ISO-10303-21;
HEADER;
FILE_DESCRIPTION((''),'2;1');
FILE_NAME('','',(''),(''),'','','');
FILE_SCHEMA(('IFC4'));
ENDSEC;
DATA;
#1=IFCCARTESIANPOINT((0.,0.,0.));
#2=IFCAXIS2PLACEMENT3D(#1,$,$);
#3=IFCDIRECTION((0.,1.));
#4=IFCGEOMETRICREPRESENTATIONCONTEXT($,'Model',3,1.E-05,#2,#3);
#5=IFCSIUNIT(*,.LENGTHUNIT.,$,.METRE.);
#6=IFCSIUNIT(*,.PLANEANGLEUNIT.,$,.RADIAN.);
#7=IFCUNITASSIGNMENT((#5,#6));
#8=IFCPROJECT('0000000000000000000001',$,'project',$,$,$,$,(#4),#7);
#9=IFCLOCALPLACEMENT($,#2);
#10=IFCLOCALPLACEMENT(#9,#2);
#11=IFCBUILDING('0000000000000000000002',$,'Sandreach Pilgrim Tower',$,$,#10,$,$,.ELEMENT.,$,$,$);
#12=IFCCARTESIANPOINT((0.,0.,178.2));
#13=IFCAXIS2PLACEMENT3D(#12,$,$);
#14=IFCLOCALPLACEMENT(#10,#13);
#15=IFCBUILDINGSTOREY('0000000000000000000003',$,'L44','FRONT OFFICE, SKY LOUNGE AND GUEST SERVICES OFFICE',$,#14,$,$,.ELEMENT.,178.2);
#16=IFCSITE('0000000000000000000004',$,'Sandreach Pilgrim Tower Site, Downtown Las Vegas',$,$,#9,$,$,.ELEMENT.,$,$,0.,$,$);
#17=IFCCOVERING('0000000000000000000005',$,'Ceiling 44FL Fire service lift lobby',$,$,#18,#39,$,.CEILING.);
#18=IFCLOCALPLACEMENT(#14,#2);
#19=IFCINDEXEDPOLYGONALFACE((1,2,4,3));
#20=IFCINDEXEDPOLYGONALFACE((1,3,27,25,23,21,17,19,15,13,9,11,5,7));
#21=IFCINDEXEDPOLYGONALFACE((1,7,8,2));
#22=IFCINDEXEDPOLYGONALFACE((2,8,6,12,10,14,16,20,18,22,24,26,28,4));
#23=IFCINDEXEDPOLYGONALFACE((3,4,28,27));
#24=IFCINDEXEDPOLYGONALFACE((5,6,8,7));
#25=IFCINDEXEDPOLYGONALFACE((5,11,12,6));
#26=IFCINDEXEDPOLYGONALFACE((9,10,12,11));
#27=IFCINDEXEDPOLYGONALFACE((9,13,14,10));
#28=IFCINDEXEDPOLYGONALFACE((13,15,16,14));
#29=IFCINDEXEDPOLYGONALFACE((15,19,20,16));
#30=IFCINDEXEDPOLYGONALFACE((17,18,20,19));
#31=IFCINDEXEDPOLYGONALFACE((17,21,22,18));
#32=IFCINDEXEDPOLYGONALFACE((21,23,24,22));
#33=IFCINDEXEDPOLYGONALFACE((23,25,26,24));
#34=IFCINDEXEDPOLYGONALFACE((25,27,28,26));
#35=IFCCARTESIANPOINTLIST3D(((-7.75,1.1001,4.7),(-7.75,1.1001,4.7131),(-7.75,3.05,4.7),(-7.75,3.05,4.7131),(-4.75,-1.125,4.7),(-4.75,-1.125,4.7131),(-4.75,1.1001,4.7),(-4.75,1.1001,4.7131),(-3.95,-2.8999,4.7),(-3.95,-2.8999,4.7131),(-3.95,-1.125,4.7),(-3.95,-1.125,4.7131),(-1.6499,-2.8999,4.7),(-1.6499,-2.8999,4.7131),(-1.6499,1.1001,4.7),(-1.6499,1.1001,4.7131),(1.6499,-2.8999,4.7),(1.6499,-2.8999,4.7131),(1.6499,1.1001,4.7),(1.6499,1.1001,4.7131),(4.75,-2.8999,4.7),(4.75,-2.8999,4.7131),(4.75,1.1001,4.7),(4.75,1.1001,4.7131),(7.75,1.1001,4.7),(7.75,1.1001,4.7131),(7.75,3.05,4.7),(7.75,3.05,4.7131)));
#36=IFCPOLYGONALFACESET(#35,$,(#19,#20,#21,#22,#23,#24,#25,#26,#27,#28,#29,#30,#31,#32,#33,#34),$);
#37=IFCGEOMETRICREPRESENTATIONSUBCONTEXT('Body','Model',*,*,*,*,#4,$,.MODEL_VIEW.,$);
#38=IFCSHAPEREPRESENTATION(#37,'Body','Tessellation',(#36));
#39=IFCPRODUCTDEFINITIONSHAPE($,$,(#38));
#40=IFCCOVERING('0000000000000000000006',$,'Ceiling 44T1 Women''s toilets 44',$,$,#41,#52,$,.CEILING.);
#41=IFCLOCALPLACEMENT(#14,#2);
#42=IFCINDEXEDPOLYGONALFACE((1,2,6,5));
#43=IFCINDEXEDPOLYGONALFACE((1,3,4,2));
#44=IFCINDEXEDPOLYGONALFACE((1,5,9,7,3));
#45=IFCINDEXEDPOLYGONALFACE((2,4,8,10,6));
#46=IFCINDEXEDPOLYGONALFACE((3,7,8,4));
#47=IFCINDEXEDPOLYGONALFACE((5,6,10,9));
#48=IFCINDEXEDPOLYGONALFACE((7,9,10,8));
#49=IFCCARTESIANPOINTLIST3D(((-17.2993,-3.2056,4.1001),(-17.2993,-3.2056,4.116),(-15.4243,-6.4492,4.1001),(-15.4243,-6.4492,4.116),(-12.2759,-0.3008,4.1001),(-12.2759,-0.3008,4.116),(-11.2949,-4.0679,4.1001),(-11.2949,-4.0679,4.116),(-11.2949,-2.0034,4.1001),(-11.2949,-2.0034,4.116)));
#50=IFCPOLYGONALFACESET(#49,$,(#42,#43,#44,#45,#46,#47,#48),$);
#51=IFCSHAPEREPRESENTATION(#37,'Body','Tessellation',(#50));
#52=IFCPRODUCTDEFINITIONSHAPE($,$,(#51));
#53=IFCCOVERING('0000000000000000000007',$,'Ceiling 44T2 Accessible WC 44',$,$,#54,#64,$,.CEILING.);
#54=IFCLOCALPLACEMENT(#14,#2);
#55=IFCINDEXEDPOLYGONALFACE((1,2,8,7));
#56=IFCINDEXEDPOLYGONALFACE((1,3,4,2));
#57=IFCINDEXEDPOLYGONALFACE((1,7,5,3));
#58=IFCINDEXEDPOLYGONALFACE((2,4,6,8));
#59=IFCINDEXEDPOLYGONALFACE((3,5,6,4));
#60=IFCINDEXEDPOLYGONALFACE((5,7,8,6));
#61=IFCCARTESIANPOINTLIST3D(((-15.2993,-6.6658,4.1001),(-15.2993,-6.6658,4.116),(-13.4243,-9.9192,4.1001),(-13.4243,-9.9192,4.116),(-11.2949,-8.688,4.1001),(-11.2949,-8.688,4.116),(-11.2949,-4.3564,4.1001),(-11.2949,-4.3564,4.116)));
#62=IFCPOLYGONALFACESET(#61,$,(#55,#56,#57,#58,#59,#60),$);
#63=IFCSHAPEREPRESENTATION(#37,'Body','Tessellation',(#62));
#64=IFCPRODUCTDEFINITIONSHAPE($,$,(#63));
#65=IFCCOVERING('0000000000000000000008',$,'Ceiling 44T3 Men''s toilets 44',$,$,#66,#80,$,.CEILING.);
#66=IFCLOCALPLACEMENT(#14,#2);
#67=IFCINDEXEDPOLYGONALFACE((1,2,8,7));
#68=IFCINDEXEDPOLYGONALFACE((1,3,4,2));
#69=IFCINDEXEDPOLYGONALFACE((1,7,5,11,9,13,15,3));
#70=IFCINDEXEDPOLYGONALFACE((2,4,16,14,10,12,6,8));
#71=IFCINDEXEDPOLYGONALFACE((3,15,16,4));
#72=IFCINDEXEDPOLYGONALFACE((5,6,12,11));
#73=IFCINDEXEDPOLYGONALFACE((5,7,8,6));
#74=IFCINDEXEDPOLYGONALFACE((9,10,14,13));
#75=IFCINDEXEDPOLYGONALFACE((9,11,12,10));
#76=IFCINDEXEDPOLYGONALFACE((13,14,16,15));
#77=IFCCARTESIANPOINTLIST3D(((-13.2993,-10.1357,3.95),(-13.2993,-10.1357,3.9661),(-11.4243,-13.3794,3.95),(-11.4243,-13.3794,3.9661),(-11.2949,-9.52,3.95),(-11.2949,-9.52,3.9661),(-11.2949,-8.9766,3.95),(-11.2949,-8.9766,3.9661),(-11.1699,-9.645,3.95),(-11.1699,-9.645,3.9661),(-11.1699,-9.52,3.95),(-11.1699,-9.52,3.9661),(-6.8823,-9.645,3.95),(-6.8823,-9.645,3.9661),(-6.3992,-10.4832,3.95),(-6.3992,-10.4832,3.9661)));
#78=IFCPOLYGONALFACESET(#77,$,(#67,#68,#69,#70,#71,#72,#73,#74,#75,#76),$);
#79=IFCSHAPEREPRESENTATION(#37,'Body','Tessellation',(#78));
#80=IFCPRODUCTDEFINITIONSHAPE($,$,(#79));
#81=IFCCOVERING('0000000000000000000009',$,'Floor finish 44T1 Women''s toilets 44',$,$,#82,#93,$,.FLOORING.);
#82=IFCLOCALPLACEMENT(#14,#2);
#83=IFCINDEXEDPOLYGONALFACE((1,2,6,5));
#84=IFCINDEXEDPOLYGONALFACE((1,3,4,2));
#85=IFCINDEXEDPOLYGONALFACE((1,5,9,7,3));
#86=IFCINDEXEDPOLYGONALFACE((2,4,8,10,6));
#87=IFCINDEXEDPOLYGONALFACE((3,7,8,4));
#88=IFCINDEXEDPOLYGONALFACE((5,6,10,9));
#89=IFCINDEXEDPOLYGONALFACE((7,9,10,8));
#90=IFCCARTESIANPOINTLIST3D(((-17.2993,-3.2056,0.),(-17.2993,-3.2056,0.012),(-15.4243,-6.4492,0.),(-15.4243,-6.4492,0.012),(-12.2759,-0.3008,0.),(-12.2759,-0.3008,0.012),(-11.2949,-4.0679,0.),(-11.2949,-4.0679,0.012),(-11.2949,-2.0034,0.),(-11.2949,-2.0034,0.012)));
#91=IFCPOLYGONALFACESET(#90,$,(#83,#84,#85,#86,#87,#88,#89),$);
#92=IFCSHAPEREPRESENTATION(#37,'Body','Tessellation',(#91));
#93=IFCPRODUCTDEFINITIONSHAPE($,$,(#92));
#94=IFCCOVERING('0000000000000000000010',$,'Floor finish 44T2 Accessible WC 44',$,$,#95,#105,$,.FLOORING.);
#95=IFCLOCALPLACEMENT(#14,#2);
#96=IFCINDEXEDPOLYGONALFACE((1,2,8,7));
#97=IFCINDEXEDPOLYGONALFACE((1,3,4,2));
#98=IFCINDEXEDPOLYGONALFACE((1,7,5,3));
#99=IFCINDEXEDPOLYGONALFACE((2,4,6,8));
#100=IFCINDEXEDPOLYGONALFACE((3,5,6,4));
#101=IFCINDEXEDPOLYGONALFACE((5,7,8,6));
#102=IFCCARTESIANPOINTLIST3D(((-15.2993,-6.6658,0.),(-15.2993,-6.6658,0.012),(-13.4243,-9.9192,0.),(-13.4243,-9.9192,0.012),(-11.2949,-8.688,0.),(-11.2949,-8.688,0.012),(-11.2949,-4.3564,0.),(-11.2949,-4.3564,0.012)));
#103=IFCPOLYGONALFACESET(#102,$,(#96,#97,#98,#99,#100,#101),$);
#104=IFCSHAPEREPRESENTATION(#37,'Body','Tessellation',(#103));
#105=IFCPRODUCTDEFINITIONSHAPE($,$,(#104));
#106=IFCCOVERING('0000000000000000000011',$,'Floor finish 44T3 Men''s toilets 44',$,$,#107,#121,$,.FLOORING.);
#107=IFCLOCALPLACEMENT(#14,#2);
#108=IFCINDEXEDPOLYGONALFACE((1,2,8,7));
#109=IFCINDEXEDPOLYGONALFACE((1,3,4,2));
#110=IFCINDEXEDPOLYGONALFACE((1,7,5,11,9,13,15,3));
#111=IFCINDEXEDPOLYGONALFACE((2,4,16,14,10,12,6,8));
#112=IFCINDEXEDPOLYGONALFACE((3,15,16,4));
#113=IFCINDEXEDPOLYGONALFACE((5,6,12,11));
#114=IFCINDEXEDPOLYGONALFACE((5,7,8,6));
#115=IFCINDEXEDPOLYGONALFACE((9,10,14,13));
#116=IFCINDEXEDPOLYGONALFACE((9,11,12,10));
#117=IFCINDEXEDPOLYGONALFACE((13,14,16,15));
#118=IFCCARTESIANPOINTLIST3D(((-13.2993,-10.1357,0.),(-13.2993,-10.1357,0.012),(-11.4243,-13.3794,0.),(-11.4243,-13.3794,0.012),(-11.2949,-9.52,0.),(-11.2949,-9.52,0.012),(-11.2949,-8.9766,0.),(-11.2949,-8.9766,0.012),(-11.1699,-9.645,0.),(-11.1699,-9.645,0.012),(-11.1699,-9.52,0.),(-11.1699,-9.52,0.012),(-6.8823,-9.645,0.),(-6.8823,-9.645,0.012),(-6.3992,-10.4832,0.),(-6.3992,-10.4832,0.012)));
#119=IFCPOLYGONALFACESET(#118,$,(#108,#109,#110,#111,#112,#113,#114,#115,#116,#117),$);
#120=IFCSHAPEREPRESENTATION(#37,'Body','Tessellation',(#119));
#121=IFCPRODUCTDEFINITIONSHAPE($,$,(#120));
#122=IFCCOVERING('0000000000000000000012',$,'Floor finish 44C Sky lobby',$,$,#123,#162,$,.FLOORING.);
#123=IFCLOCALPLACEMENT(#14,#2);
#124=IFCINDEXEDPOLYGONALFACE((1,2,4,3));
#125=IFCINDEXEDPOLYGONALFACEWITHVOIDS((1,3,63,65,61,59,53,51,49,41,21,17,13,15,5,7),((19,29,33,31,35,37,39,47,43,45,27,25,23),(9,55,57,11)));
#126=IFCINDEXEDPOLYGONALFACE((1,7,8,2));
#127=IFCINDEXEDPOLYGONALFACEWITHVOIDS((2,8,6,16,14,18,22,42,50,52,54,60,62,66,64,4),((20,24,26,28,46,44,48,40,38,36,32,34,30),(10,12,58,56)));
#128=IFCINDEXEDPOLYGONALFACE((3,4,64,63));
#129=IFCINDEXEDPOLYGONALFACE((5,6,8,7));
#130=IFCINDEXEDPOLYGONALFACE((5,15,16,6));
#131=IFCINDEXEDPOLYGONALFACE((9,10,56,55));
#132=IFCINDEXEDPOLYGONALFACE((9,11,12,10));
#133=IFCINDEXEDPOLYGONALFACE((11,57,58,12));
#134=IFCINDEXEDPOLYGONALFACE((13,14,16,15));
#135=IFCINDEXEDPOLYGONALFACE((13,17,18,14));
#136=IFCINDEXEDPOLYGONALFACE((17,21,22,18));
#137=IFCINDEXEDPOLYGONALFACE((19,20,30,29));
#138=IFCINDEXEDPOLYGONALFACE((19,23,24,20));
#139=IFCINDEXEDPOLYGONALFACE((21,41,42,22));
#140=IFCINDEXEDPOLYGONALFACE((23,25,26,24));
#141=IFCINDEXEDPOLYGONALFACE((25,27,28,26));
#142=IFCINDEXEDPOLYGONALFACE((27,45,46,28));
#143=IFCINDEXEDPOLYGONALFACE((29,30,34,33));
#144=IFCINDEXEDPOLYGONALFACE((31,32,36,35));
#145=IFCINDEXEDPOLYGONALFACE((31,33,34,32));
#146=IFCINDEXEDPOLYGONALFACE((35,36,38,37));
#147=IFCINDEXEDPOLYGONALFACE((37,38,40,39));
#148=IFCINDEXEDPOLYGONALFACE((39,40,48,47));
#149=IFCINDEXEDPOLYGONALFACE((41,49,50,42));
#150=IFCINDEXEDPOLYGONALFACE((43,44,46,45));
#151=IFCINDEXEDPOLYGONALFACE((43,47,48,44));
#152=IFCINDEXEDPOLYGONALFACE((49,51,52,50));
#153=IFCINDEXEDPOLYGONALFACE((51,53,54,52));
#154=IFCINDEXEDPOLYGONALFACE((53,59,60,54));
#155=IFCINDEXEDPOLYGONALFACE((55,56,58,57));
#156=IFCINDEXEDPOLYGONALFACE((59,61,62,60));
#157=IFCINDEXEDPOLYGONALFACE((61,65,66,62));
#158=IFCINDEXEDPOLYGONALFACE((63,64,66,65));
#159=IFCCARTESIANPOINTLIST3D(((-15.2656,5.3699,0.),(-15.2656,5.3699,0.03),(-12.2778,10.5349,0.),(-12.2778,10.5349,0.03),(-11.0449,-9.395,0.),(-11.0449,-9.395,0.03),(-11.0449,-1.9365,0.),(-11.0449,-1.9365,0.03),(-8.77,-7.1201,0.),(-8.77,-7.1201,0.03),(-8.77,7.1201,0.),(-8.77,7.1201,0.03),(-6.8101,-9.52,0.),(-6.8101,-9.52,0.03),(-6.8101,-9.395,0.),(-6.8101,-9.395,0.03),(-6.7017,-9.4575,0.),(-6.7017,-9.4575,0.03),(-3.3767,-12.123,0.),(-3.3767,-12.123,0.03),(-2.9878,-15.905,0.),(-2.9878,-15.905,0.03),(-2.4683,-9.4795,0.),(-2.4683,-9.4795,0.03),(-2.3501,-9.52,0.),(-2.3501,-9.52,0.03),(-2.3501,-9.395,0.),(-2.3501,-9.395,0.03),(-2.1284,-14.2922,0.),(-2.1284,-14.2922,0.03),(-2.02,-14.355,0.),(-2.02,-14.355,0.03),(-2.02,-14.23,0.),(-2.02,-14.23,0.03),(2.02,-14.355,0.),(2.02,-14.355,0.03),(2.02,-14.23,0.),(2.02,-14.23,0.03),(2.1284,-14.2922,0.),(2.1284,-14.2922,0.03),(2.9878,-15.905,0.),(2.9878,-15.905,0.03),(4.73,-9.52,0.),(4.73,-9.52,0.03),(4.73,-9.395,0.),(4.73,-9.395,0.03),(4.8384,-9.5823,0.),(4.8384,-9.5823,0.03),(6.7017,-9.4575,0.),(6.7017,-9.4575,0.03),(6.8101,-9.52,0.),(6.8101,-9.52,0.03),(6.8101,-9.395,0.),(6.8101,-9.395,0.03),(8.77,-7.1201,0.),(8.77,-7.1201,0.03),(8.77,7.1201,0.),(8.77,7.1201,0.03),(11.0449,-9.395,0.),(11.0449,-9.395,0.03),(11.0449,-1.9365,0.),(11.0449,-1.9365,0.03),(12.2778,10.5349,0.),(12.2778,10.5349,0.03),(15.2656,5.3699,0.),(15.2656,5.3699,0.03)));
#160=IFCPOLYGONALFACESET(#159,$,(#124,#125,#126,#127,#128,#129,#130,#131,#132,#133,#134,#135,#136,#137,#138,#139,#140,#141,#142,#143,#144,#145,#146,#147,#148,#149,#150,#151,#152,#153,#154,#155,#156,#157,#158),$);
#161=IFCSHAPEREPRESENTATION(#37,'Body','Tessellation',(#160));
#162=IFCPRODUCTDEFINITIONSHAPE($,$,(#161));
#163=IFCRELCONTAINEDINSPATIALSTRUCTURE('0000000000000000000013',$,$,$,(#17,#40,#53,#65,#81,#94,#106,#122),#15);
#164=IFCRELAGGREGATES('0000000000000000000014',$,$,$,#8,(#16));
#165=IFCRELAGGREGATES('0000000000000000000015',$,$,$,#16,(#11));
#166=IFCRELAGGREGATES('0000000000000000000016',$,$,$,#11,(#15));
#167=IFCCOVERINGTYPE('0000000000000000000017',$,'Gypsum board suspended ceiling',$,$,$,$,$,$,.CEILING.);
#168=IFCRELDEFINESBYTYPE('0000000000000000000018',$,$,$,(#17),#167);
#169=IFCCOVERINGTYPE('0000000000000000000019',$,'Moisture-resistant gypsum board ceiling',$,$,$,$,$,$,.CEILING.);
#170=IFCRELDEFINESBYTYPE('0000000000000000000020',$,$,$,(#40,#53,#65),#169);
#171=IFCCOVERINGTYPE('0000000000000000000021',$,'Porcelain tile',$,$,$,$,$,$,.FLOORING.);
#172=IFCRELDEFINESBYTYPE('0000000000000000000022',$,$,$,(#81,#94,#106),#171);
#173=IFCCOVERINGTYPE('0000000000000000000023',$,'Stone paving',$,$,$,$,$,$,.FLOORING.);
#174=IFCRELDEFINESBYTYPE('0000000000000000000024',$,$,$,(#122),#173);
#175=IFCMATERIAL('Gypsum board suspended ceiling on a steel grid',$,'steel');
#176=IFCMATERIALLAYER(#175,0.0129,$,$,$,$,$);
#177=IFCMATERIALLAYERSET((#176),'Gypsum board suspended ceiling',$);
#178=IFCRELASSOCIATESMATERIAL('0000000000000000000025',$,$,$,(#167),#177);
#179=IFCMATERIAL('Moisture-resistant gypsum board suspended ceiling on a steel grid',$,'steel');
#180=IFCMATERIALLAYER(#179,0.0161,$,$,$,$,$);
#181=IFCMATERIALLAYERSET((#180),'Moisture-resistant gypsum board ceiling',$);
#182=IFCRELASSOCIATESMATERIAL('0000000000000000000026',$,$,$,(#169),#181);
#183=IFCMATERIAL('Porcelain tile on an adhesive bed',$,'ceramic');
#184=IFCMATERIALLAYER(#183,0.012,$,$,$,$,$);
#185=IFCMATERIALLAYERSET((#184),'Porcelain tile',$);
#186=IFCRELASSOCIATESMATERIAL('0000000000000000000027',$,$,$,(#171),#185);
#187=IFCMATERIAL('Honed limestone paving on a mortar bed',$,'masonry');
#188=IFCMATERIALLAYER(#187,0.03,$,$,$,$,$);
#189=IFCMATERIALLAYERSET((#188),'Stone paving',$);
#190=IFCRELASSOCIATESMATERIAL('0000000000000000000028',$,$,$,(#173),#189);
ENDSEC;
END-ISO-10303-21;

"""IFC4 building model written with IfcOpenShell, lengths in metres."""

from ifc_helpers import new_model, si_unit, direction, frame, origin, place, context, subcontext, project, spatial, polyline, outline, extrude, material, layer, layer_set, type_object, element, save


model = new_model("IFC4")

# Units and contexts
model_context = context("Model", 3, precision=1e-05, world=origin(), true_north=direction((0.0, 1.0)))
body_context = subcontext(model_context, "Body", "Model", "MODEL_VIEW")
ifc_project = project(units=[si_unit("LENGTHUNIT", "METRE"), si_unit("PLANEANGLEUNIT", "RADIAN")], contexts=[model_context])

# Site, building, storey
site_placement = place(None, origin())
site = spatial("IfcSite", under=ifc_project, at=site_placement, Name="Sandreach Pilgrim Tower Site, Downtown Las Vegas", CompositionType="ELEMENT", RefElevation=0.0)
building_placement = place(site_placement, origin())
building = spatial("IfcBuilding", under=site, at=building_placement, Name="Sandreach Pilgrim Tower", CompositionType="ELEMENT")
storey_placement = place(building_placement, frame((0.0, 0.0, 178.2)))
storey = spatial("IfcBuildingStorey", under=building, at=storey_placement, Name="L44", Description="FRONT OFFICE, SKY LOUNGE AND GUEST SERVICES OFFICE", CompositionType="ELEMENT", Elevation=178.2)

# Coverings
ifc_material_1 = material(Name="Gypsum board suspended ceiling on a steel grid", Category="steel")
ifc_layer_1 = layer(ifc_material_1, 0.0129)
ifc_layer_set_1 = layer_set([ifc_layer_1], Name="Gypsum board suspended ceiling")
covering_type_1 = type_object("IfcCoveringType", Name="Gypsum board suspended ceiling", PredefinedType="CEILING", material=ifc_layer_set_1)
covering_1_placement = place(storey_placement, frame((0.0, 0.0, 4.7)))
element("IfcCovering", 1, at=covering_1_placement, inside=storey, type_object=covering_type_1, Name="Ceiling 44FL Fire service lift lobby", PredefinedType="CEILING", context=body_context, shape_type="SweptSolid", body=[
    extrude(outline(polyline([(-3.95, -1.125), (-4.75, -1.125), (-4.75, 1.1001), (-7.75, 1.1001), (-7.75, 3.05), (7.75, 3.05), (7.75, 1.1001), (4.75, 1.1001), (4.75, -2.8999), (1.6499, -2.8999), (1.6499, 1.1001), (-1.6499, 1.1001), (-1.6499, -2.8999), (-3.95, -2.8999), (-3.95, -1.125)])), origin(), (0.0, 0.0, 1.0), 0.0132),
])
ifc_material_2 = material(Name="Moisture-resistant gypsum board suspended ceiling on a steel grid", Category="steel")
ifc_layer_2 = layer(ifc_material_2, 0.0161)
ifc_layer_set_2 = layer_set([ifc_layer_2], Name="Moisture-resistant gypsum board ceiling")
covering_type_2 = type_object("IfcCoveringType", Name="Moisture-resistant gypsum board ceiling", PredefinedType="CEILING", material=ifc_layer_set_2)
covering_2_placement = place(storey_placement, frame((0.0, 0.0, 4.1001)))
element("IfcCovering", 2, at=covering_2_placement, inside=storey, type_object=covering_type_2, Name="Ceiling 44T1 Women's toilets 44", PredefinedType="CEILING", context=body_context, shape_type="SweptSolid", body=[
    extrude(outline(polyline([(-12.2759, -0.3008), (-11.2949, -2.0034), (-11.2949, -4.0679), (-15.4243, -6.4492), (-17.2993, -3.2056), (-12.2759, -0.3008)])), origin(), (0.0, 0.0, 1.0), 0.0159),
])
covering_3_placement = place(storey_placement, frame((0.0, 0.0, 4.1001)))
element("IfcCovering", 3, at=covering_3_placement, inside=storey, type_object=covering_type_2, Name="Ceiling 44T2 Accessible WC 44", PredefinedType="CEILING", context=body_context, shape_type="SweptSolid", body=[
    extrude(outline(polyline([(-15.2993, -6.6658), (-11.2949, -4.3564), (-11.2949, -8.688), (-13.4243, -9.9192), (-15.2993, -6.6658)])), origin(), (0.0, 0.0, 1.0), 0.0159),
])
covering_4_placement = place(storey_placement, frame((0.0, 0.0, 3.95)))
element("IfcCovering", 4, at=covering_4_placement, inside=storey, type_object=covering_type_2, Name="Ceiling 44T3 Men's toilets 44", PredefinedType="CEILING", context=body_context, shape_type="SweptSolid", body=[
    extrude(outline(polyline([(-6.8823, -9.645), (-6.3992, -10.4832), (-11.4243, -13.3794), (-13.2993, -10.1357), (-11.2949, -8.9766), (-11.2949, -9.52), (-11.1699, -9.52), (-11.1699, -9.645), (-6.8823, -9.645)])), origin(), (0.0, 0.0, 1.0), 0.0161),
])
ifc_material_3 = material(Name="Porcelain tile on an adhesive bed", Category="ceramic")
ifc_layer_3 = layer(ifc_material_3, 0.012)
ifc_layer_set_3 = layer_set([ifc_layer_3], Name="Porcelain tile")
covering_type_3 = type_object("IfcCoveringType", Name="Porcelain tile", PredefinedType="FLOORING", material=ifc_layer_set_3)
covering_5_placement = place(storey_placement, origin())
element("IfcCovering", 5, at=covering_5_placement, inside=storey, type_object=covering_type_3, Name="Floor finish 44T1 Women's toilets 44", PredefinedType="FLOORING", context=body_context, shape_type="SweptSolid", body=[
    extrude(outline(polyline([(-11.2949, -2.0034), (-11.2949, -4.0679), (-15.4243, -6.4492), (-17.2993, -3.2056), (-12.2759, -0.3008), (-11.2949, -2.0034)])), origin(), (0.0, 0.0, 1.0), 0.012),
])
covering_6_placement = place(storey_placement, origin())
element("IfcCovering", 6, at=covering_6_placement, inside=storey, type_object=covering_type_3, Name="Floor finish 44T2 Accessible WC 44", PredefinedType="FLOORING", context=body_context, shape_type="SweptSolid", body=[
    extrude(outline(polyline([(-11.2949, -4.3564), (-11.2949, -8.688), (-13.4243, -9.9192), (-15.2993, -6.6658), (-11.2949, -4.3564)])), origin(), (0.0, 0.0, 1.0), 0.012),
])
covering_7_placement = place(storey_placement, origin())
element("IfcCovering", 7, at=covering_7_placement, inside=storey, type_object=covering_type_3, Name="Floor finish 44T3 Men's toilets 44", PredefinedType="FLOORING", context=body_context, shape_type="SweptSolid", body=[
    extrude(outline(polyline([(-6.8823, -9.645), (-6.3992, -10.4832), (-11.4243, -13.3794), (-13.2993, -10.1357), (-11.2949, -8.9766), (-11.2949, -9.52), (-11.1699, -9.52), (-11.1699, -9.645), (-6.8823, -9.645)])), origin(), (0.0, 0.0, 1.0), 0.012),
])
ifc_material_4 = material(Name="Honed limestone paving on a mortar bed", Category="masonry")
ifc_layer_4 = layer(ifc_material_4, 0.03)
ifc_layer_set_4 = layer_set([ifc_layer_4], Name="Stone paving")
covering_type_4 = type_object("IfcCoveringType", Name="Stone paving", PredefinedType="FLOORING", material=ifc_layer_set_4)
covering_8_placement = place(storey_placement, origin())
element("IfcCovering", 8, at=covering_8_placement, inside=storey, type_object=covering_type_4, Name="Floor finish 44C Sky lobby", PredefinedType="FLOORING", context=body_context, shape_type="SweptSolid", body=[
    extrude(outline(polyline([(-11.0449, -1.9365), (-15.2656, 5.3699), (-12.2778, 10.5349), (12.2778, 10.5349), (15.2656, 5.3699), (11.0449, -1.9365), (11.0449, -9.395), (6.8101, -9.395), (6.8101, -9.52), (6.7017, -9.4575), (2.9878, -15.905), (-2.9878, -15.905), (-6.7017, -9.4575), (-6.8101, -9.52), (-6.8101, -9.395), (-11.0449, -9.395), (-11.0449, -1.9365)]), holes=[polyline([(8.77, -7.1201), (8.77, 7.1201), (-8.77, 7.1201), (-8.77, -7.1201), (8.77, -7.1201)]), polyline([(-3.3767, -12.123), (-2.1284, -14.2922), (-2.02, -14.23), (-2.02, -14.355), (2.02, -14.355), (2.02, -14.23), (2.1284, -14.2922), (4.8384, -9.5823), (4.73, -9.52), (4.73, -9.395), (-2.3501, -9.395), (-2.3501, -9.52), (-2.4683, -9.4795), (-3.3767, -12.123)])]), origin(), (0.0, 0.0, 1.0), 0.03),
])

save(model, "model.ifc")
